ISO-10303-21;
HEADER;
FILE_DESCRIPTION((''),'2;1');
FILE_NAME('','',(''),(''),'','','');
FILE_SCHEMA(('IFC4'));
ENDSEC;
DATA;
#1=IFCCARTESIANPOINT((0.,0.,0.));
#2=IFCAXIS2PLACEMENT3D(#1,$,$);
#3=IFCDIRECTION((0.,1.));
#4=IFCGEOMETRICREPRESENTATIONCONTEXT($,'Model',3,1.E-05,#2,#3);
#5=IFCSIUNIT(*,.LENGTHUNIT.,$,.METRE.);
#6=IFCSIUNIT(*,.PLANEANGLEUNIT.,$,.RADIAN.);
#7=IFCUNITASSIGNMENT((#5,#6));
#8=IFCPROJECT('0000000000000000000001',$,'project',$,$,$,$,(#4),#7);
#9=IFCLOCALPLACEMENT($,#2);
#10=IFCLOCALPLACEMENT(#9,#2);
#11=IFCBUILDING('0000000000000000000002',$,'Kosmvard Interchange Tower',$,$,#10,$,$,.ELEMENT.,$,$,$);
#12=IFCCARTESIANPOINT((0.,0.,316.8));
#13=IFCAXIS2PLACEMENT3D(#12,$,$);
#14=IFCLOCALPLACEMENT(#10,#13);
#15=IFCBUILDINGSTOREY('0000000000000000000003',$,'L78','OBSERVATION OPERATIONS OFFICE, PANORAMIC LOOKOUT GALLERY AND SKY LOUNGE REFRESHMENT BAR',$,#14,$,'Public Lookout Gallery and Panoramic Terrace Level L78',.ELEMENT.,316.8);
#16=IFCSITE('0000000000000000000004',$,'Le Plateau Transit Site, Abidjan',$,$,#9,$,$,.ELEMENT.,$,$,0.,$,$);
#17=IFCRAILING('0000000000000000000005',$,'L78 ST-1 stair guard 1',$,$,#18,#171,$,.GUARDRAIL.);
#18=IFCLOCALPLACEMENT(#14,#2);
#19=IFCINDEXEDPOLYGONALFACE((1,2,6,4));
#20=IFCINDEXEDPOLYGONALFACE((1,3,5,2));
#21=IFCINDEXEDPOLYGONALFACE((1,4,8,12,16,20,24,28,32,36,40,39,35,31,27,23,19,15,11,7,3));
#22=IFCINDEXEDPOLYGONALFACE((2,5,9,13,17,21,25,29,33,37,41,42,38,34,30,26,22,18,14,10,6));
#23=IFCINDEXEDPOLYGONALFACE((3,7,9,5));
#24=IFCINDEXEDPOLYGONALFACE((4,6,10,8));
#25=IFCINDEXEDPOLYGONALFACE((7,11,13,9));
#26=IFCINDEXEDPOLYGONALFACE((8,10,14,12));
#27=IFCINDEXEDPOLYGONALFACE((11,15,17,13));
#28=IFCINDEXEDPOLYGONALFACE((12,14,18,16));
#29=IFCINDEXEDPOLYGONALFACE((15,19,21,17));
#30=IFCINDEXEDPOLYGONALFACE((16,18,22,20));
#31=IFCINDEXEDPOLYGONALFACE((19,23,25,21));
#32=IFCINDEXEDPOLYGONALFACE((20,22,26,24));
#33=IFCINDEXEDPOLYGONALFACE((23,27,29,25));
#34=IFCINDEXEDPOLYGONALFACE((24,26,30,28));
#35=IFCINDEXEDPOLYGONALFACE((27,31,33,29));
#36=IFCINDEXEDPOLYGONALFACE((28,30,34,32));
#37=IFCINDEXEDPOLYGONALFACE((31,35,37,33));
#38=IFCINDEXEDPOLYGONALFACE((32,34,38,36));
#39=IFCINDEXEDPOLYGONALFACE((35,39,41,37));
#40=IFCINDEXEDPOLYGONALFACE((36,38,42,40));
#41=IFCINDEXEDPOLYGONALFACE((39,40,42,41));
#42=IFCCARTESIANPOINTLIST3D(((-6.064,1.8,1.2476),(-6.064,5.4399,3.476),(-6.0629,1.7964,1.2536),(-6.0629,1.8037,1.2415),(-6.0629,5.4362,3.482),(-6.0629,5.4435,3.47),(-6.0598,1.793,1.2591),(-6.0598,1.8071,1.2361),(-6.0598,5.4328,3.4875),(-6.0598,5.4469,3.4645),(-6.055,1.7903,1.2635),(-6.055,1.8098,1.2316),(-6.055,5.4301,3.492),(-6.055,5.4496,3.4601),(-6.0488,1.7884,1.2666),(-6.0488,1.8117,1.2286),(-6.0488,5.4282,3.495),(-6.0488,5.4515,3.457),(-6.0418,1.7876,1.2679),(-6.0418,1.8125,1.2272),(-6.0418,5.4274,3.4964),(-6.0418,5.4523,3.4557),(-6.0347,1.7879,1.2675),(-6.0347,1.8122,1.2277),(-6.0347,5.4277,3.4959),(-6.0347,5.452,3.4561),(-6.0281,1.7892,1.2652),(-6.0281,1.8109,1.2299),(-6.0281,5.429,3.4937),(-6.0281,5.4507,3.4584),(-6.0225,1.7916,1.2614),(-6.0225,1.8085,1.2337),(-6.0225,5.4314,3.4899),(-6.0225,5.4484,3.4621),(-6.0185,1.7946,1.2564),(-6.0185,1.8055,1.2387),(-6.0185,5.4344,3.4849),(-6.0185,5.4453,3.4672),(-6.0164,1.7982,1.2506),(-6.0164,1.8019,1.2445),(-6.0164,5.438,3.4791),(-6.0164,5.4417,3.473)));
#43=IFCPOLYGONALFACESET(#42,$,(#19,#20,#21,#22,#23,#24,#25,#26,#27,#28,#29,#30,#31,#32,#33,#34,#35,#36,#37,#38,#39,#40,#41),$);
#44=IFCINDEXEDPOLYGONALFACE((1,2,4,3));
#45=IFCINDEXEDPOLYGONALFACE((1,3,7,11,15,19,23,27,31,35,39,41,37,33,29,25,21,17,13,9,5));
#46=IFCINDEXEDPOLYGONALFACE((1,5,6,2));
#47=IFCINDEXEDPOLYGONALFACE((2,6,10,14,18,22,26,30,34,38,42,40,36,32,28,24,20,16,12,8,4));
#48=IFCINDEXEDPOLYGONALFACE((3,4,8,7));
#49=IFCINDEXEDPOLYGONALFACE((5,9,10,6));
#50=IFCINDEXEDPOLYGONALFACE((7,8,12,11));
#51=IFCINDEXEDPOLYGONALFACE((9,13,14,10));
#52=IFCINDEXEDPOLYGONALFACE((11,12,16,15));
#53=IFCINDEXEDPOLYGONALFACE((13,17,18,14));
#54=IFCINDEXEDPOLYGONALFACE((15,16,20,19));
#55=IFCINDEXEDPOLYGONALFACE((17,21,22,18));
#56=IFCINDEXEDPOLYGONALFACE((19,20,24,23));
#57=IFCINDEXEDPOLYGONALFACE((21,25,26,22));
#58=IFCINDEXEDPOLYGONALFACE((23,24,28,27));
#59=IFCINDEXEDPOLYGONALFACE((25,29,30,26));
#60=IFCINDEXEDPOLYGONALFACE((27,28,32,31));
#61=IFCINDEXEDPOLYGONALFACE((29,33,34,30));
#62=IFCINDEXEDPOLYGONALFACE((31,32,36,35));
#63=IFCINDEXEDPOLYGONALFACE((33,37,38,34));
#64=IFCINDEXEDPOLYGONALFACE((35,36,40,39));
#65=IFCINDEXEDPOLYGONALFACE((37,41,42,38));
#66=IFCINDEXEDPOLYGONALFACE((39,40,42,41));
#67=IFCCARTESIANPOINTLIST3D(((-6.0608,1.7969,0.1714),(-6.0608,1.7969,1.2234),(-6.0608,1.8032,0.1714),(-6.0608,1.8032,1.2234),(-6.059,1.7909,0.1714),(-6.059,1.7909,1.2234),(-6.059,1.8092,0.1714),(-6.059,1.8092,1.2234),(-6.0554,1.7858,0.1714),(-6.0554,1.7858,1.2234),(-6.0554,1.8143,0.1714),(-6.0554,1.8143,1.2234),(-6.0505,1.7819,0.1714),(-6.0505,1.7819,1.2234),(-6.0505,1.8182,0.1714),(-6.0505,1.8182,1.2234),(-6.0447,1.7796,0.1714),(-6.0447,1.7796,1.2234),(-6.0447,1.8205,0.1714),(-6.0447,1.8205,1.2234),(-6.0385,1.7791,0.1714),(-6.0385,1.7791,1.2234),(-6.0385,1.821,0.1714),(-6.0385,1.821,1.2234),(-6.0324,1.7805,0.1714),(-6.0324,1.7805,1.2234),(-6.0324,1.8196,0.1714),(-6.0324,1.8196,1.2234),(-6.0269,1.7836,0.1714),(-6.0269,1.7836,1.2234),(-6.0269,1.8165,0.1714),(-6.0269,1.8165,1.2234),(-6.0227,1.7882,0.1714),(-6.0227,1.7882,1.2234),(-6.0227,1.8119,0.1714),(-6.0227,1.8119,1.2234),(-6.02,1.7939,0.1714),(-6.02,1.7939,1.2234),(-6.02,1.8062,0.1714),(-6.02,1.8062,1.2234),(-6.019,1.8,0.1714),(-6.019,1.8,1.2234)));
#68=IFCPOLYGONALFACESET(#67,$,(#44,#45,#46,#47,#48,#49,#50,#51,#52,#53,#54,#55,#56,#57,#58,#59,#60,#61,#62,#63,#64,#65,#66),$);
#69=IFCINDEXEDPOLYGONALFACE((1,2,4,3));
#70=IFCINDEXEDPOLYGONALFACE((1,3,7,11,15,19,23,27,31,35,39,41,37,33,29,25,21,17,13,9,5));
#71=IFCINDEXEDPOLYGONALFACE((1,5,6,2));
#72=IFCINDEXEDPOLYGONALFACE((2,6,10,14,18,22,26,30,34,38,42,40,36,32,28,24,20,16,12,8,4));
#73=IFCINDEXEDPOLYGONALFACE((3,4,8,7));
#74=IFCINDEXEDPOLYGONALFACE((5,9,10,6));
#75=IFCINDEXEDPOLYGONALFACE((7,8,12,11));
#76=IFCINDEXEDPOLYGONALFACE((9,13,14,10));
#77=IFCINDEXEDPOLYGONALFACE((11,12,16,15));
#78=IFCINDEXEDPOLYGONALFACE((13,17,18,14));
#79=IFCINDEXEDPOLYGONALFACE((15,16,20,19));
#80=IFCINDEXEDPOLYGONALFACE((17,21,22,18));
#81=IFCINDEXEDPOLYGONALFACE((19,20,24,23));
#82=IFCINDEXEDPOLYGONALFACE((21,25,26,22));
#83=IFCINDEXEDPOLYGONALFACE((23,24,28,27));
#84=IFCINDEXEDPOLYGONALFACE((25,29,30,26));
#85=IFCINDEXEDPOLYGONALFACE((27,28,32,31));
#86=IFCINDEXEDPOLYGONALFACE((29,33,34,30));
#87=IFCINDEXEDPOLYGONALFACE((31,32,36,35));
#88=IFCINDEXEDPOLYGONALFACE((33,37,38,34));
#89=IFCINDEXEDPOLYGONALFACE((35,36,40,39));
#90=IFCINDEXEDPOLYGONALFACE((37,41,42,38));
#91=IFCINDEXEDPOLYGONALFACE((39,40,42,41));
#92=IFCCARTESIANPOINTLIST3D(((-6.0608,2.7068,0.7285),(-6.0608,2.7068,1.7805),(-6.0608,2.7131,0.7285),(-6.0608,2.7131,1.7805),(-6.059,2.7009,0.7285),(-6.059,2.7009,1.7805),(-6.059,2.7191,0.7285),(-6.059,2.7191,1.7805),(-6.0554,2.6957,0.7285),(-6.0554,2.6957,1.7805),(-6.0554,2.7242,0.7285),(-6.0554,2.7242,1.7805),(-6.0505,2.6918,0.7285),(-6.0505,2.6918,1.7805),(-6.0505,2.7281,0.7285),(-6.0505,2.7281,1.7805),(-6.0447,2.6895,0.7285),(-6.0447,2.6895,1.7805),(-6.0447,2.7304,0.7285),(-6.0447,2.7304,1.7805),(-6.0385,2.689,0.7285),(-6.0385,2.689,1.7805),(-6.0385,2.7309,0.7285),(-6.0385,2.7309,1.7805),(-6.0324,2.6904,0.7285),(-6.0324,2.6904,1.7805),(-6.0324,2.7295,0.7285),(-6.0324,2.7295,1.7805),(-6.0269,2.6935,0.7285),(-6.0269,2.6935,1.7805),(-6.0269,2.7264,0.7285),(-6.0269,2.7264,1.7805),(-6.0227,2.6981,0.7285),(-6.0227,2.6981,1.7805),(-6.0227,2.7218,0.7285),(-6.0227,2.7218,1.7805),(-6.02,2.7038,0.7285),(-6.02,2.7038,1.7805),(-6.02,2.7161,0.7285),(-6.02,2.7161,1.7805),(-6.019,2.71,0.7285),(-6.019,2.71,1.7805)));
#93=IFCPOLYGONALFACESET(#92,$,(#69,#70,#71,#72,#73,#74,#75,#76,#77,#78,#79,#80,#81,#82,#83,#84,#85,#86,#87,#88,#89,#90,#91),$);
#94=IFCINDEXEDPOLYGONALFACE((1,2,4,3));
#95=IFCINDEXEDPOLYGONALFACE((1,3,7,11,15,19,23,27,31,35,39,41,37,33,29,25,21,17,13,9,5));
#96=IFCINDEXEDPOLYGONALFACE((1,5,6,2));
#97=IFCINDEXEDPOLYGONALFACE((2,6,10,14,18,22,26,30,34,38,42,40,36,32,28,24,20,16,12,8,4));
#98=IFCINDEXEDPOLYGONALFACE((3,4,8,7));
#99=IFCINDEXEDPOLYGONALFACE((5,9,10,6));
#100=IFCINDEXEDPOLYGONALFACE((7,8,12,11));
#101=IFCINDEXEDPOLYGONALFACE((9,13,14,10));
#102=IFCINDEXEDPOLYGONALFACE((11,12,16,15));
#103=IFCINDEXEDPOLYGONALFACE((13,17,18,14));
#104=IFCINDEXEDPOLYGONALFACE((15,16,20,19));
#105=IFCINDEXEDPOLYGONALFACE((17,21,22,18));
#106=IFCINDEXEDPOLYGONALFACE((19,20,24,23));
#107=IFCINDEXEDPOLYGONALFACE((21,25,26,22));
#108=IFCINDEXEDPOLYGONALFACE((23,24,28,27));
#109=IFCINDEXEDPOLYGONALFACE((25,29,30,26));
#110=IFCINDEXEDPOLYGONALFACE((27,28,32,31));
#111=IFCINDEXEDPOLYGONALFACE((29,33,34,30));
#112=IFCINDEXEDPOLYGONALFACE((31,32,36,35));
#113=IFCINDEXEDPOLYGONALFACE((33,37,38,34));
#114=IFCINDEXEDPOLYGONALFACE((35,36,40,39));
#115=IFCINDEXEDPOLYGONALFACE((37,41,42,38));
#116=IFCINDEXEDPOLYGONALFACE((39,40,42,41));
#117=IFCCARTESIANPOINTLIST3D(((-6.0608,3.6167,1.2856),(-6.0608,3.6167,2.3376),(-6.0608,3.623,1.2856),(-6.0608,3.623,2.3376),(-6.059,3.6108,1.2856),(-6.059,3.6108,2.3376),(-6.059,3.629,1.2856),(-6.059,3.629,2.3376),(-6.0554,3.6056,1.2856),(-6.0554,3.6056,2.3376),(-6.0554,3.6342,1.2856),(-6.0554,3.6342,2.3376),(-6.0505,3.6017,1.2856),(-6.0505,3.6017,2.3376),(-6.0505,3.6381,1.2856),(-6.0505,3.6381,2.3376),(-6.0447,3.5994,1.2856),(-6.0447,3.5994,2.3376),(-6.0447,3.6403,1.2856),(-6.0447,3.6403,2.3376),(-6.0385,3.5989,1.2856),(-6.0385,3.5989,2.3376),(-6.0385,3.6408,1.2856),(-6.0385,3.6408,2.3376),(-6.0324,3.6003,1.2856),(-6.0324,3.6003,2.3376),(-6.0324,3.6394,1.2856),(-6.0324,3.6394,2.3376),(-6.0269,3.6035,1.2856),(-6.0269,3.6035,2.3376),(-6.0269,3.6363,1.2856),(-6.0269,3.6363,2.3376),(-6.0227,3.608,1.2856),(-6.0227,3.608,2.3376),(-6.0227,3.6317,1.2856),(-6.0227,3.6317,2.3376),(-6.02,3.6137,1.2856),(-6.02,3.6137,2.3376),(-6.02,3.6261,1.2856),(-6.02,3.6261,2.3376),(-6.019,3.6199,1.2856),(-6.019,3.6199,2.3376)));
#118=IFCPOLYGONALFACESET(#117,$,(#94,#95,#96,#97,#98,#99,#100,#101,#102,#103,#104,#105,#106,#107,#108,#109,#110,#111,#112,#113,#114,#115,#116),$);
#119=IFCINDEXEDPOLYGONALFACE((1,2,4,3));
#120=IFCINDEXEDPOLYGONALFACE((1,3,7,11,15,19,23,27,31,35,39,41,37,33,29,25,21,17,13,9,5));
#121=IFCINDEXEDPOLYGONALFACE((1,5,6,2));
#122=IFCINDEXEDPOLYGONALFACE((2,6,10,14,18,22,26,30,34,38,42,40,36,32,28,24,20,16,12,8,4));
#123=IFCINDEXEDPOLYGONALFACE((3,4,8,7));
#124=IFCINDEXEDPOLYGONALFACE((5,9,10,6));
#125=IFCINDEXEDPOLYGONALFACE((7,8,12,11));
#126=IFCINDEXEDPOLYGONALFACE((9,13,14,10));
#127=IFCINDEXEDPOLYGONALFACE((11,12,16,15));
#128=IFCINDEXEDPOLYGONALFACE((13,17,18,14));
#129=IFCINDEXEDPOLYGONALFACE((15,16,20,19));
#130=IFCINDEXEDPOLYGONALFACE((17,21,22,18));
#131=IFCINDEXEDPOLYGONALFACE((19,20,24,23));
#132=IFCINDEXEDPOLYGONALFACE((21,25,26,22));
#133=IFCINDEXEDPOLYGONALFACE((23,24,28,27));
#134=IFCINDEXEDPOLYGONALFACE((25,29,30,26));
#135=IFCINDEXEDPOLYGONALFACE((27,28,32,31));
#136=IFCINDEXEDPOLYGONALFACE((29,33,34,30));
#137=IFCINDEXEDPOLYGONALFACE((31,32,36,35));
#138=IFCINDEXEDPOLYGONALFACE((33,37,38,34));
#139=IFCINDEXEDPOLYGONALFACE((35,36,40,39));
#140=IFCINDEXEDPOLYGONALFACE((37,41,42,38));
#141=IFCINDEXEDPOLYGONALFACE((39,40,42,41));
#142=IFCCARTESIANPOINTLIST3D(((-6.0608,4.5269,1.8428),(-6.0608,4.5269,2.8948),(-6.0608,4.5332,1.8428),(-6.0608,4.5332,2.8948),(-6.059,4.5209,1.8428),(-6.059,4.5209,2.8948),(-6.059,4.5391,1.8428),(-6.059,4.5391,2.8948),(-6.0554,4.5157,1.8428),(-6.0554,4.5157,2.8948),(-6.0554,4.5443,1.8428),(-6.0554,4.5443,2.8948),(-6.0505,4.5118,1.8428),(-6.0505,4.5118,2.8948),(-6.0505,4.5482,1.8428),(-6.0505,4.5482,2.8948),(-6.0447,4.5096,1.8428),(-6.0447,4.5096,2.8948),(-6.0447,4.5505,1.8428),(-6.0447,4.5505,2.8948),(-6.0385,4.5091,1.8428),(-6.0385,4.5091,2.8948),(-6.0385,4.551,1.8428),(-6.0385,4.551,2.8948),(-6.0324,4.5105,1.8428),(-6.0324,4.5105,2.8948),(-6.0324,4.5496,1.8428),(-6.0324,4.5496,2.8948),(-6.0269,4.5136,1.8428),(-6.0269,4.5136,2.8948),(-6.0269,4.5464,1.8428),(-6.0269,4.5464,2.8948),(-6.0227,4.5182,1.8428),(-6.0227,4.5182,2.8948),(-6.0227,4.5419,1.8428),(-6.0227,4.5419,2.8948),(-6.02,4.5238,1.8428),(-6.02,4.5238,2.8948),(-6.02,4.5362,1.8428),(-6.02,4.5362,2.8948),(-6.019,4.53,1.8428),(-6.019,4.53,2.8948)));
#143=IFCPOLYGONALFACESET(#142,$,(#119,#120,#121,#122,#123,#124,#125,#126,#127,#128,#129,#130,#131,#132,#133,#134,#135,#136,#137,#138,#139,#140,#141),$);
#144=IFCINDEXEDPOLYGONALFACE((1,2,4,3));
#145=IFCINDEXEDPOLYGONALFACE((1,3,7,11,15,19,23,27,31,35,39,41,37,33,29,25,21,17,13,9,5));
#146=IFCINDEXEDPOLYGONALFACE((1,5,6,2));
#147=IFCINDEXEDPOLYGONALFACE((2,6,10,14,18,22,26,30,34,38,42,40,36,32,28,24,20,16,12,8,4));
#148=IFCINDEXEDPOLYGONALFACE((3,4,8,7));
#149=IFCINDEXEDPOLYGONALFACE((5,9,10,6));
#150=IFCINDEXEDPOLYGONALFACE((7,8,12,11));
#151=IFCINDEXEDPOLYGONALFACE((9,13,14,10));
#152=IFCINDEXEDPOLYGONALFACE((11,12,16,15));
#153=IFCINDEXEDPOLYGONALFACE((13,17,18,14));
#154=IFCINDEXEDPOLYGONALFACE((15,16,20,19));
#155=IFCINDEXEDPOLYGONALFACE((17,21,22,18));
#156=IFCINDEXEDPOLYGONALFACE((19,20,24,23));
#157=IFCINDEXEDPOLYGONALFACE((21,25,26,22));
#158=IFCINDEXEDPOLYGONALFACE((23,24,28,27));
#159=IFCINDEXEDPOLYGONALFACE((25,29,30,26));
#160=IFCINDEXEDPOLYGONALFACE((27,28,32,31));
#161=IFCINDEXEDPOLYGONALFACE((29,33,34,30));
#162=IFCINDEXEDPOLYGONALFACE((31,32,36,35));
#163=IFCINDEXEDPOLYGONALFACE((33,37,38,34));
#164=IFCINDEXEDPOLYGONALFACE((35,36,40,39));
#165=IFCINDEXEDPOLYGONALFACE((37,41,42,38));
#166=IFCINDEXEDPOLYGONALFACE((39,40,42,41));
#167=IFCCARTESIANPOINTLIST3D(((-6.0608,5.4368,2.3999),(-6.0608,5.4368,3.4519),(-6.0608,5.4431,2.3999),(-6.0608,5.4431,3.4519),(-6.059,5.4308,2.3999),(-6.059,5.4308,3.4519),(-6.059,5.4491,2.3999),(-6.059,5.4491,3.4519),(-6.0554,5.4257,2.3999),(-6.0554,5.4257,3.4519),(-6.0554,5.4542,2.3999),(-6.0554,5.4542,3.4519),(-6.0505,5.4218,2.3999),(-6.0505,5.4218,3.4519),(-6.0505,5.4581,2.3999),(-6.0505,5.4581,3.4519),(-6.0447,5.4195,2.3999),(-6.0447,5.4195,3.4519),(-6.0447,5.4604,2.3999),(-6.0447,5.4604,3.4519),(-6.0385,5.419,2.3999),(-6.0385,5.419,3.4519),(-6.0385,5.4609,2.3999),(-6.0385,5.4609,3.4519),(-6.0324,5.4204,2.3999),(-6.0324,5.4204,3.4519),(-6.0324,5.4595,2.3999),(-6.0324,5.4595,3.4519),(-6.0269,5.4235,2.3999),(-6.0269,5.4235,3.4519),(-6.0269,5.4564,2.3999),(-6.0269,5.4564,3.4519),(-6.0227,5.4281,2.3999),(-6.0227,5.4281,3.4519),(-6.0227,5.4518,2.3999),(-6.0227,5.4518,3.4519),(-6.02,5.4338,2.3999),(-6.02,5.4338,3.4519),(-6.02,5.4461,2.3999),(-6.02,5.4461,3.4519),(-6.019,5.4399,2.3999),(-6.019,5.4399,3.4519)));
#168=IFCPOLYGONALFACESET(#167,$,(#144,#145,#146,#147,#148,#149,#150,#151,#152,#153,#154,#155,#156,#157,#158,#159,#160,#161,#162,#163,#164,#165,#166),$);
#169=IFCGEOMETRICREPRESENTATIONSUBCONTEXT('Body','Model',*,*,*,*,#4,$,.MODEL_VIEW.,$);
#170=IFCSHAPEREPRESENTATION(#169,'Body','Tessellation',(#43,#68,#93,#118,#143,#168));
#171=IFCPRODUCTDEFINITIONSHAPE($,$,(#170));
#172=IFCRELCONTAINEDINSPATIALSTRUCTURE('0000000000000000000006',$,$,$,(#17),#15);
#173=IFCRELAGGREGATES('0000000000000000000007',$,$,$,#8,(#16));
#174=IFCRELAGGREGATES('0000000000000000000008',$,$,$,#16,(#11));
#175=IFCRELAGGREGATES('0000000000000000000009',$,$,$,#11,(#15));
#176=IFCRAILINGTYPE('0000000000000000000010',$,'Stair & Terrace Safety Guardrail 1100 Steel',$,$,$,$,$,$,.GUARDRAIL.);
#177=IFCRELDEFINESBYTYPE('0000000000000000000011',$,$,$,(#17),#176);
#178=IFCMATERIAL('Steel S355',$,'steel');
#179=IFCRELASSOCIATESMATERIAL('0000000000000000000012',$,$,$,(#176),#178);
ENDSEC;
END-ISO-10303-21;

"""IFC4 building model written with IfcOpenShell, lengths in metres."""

from ifc_helpers import new_model, si_unit, direction, frame, origin, origin_2d, place, context, subcontext, project, spatial, circle, extrude, source, transform, mapped, material, type_object, element, save


model = new_model("IFC4")

# Units and contexts
model_context = context("Model", 3, precision=1e-05, world=origin(), true_north=direction((0.0, 1.0)))
body_context = subcontext(model_context, "Body", "Model", "MODEL_VIEW")
ifc_project = project(units=[si_unit("LENGTHUNIT", "METRE"), si_unit("PLANEANGLEUNIT", "RADIAN")], contexts=[model_context])

# Site, building, storey
site_placement = place(None, origin())
site = spatial("IfcSite", under=ifc_project, at=site_placement, Name="Le Plateau Transit Site, Abidjan", CompositionType="ELEMENT", RefElevation=0.0)
building_placement = place(site_placement, origin())
building = spatial("IfcBuilding", under=site, at=building_placement, Name="Kosmvard Interchange Tower", CompositionType="ELEMENT")
storey_placement = place(building_placement, frame((0.0, 0.0, 316.8)))
storey = spatial("IfcBuildingStorey", under=building, at=storey_placement, Name="L78", Description="OBSERVATION OPERATIONS OFFICE, PANORAMIC LOOKOUT GALLERY AND SKY LOUNGE REFRESHMENT BAR", LongName="Public Lookout Gallery and Panoramic Terrace Level L78", CompositionType="ELEMENT", Elevation=316.8)

# Shared definitions
ifc_material_1 = material(Name="Steel S355", Category="steel")

# Railing
railing_type_1 = type_object("IfcRailingType", Name="Stair & Terrace Safety Guardrail 1100 Steel", PredefinedType="GUARDRAIL", material=ifc_material_1)
shared_shape_1 = source(origin(), body_context, "Body", "SweptSolid", [
    extrude(circle(Radius=0.0239, at=origin_2d()), frame((0.0, 0.0, 1.0762), z_axis=(0.0, 0.85285, 0.522156), x_axis=(-1.0, 0.0, 0.0)), (0.0, 0.0, 1.0), 4.2678),
    extrude(circle(Radius=0.021, at=origin_2d()), origin(), (0.0, 0.0, 1.0), 1.052),
    extrude(circle(Radius=0.021, at=origin_2d()), frame((0.0, 0.9099, 0.5571)), (0.0, 0.0, 1.0), 1.052),
    extrude(circle(Radius=0.021, at=origin_2d()), frame((0.0, 1.8198, 1.1143)), (0.0, 0.0, 1.0), 1.052),
    extrude(circle(Radius=0.021, at=origin_2d()), frame((0.0, 2.73, 1.6714)), (0.0, 0.0, 1.0), 1.052),
    extrude(circle(Radius=0.021, at=origin_2d()), frame((0.0, 3.6399, 2.2285)), (0.0, 0.0, 1.0), 1.052),
])
railing_1_placement = place(storey_placement, frame((-6.04, 1.8, 0.1714)))
element("IfcRailing", 1, at=railing_1_placement, inside=storey, type_object=railing_type_1, Name="L78 ST-1 stair guard 1", PredefinedType="GUARDRAIL", context=body_context, shape_type="MappedRepresentation", body=[
    mapped(shared_shape_1, transform((0.0, 0.0, 0.0), scale=1.0)),
])

save(model, "model.ifc")
